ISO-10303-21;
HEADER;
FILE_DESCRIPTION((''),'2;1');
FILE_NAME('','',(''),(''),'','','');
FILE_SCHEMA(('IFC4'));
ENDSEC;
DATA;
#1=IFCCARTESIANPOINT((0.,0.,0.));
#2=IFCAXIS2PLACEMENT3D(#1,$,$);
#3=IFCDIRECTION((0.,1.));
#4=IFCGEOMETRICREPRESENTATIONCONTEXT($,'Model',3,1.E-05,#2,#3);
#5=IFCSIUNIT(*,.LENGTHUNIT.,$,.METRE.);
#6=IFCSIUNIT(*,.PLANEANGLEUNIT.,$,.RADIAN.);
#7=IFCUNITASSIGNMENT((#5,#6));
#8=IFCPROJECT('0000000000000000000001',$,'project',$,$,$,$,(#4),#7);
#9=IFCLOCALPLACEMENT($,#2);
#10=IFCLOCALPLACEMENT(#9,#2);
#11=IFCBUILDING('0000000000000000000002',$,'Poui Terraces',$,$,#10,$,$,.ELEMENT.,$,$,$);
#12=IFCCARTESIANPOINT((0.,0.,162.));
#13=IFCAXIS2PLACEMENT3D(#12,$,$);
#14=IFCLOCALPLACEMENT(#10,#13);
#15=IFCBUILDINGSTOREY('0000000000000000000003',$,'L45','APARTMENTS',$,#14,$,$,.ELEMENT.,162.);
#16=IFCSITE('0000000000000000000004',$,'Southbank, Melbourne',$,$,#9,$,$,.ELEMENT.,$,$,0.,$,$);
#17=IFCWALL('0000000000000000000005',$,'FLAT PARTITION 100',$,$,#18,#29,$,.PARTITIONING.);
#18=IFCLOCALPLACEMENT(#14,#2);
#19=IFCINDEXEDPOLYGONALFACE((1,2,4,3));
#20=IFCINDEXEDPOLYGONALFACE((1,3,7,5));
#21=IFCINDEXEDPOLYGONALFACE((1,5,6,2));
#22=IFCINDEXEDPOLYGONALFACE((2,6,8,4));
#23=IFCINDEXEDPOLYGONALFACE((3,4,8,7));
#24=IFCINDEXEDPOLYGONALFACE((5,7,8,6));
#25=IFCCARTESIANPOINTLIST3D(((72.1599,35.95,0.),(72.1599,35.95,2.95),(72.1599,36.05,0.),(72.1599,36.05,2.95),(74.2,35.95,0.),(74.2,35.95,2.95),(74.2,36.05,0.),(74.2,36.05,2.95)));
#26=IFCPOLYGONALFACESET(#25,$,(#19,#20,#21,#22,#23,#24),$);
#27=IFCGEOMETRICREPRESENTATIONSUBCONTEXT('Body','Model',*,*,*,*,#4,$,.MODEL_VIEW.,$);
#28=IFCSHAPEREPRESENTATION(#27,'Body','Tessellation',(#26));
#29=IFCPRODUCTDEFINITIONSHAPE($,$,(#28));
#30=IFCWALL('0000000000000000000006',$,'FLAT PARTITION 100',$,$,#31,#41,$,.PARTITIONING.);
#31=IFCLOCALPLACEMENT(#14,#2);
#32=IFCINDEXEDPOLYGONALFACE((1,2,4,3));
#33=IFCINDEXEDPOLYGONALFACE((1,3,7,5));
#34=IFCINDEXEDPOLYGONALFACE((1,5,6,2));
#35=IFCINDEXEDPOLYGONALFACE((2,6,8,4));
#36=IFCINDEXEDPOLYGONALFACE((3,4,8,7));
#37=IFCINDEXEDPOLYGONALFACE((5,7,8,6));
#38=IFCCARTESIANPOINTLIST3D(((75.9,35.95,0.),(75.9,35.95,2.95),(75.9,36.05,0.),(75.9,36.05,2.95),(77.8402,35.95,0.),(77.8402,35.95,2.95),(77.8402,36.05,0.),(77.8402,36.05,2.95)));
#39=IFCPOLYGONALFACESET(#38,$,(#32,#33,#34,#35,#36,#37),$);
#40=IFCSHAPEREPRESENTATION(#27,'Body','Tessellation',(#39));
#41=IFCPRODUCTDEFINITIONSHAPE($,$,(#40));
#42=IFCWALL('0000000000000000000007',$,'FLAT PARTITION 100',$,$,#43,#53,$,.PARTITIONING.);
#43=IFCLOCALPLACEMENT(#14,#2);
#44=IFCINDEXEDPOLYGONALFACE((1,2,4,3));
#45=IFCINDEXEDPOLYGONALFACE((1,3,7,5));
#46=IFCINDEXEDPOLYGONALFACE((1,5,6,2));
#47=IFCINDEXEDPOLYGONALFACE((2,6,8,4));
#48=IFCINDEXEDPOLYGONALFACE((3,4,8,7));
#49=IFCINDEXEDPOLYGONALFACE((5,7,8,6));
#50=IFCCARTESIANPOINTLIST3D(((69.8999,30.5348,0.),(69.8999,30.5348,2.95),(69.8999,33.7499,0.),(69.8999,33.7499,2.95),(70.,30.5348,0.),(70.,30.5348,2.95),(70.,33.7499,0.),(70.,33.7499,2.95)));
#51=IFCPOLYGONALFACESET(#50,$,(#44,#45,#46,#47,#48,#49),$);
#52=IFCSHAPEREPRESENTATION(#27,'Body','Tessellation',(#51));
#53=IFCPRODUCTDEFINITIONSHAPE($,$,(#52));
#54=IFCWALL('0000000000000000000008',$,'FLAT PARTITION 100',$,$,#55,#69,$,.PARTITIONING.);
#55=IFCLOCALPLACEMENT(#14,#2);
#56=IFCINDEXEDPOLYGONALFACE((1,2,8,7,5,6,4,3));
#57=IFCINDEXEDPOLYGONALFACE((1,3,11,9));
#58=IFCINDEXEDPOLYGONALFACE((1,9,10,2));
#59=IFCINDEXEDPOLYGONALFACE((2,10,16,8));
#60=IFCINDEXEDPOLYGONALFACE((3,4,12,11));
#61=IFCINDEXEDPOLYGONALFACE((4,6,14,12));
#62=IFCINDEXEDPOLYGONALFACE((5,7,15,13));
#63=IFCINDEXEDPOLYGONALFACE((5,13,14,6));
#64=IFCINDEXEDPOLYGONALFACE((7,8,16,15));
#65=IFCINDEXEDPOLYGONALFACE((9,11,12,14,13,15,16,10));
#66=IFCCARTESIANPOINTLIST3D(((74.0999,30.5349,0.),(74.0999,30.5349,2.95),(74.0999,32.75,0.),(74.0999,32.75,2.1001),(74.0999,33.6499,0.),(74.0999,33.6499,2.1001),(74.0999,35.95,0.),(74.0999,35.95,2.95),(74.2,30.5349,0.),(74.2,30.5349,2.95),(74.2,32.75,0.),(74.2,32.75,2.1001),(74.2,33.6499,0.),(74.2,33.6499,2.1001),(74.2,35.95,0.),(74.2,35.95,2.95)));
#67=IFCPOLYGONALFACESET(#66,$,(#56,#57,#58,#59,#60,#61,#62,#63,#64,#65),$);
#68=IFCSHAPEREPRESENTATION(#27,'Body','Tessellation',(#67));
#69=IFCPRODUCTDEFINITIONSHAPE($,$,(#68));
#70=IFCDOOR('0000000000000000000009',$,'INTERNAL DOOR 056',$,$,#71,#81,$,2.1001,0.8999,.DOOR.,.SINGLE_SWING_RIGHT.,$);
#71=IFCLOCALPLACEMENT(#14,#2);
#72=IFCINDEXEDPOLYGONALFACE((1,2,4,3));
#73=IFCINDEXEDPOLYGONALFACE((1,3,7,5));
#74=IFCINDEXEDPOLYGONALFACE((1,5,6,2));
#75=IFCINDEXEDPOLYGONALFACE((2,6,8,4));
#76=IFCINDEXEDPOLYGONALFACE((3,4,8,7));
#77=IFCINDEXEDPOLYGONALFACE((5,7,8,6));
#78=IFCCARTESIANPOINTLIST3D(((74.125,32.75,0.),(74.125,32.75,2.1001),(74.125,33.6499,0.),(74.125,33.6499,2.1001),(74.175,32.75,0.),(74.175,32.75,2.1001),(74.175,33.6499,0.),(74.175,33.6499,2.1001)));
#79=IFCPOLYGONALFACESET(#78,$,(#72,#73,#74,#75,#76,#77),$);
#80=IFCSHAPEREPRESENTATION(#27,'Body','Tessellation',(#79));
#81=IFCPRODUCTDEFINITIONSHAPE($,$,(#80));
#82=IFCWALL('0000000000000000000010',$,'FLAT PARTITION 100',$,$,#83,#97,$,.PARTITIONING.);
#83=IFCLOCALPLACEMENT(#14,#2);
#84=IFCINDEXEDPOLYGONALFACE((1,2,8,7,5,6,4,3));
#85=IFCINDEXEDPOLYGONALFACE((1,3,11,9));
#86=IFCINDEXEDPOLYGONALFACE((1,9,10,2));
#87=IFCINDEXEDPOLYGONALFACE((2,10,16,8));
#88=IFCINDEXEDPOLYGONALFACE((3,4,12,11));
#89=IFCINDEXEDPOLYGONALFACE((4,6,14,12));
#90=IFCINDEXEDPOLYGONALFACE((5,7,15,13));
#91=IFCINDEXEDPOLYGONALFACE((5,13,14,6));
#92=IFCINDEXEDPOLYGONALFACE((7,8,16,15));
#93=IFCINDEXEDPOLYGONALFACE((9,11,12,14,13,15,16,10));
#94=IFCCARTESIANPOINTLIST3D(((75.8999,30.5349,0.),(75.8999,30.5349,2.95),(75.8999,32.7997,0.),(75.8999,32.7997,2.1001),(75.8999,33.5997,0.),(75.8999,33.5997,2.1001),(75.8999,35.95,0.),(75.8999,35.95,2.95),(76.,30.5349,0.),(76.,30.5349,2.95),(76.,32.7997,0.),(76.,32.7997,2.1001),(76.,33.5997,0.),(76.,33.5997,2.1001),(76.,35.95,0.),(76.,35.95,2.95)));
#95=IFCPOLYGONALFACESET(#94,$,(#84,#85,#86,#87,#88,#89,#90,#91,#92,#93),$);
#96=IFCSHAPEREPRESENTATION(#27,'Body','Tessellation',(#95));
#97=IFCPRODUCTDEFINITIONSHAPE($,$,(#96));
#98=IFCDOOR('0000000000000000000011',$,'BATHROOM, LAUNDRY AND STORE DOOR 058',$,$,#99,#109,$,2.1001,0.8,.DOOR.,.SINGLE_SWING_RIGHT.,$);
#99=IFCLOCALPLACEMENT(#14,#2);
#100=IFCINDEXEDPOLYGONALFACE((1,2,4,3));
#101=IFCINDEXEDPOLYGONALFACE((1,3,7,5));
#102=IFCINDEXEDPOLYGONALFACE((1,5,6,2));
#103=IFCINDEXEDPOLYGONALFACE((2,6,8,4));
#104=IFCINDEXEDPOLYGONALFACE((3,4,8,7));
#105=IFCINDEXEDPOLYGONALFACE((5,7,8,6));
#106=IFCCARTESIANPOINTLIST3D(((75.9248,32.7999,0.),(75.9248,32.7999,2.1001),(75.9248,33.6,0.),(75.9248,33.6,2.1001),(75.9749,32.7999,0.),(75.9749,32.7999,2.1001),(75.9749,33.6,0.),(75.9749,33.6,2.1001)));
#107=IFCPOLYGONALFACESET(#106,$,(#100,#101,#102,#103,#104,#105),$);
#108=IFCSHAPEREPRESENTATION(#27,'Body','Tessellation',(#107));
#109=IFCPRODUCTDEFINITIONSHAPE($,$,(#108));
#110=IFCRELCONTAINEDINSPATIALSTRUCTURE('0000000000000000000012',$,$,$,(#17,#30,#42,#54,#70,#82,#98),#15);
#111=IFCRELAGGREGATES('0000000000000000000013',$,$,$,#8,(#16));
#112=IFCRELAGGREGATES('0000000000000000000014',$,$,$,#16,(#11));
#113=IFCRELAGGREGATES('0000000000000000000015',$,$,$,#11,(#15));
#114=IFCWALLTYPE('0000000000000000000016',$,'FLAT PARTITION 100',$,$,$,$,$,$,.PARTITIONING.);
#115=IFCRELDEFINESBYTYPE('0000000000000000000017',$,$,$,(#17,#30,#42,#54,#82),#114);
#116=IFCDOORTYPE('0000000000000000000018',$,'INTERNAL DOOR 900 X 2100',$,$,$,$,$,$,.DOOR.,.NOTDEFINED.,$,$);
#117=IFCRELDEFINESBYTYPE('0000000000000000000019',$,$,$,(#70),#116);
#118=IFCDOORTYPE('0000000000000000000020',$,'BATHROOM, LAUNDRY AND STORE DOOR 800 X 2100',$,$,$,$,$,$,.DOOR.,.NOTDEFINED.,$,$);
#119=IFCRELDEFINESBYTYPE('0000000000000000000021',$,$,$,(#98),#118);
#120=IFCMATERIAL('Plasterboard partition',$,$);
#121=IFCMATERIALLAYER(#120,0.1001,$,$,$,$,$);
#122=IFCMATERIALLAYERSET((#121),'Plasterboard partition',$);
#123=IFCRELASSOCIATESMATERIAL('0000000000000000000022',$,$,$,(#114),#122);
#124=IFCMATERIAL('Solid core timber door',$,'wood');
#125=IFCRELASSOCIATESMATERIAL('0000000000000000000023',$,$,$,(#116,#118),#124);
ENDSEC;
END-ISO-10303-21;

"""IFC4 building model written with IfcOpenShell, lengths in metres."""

from ifc_helpers import new_model, si_unit, direction, frame, frame_2d, origin, place, context, subcontext, project, spatial, rectangle, extrude, material, layer, layer_set, type_object, element, fill, save


model = new_model("IFC4")

# Units and contexts
model_context = context("Model", 3, precision=1e-05, world=origin(), true_north=direction((0.0, 1.0)))
body_context = subcontext(model_context, "Body", "Model", "MODEL_VIEW")
ifc_project = project(units=[si_unit("LENGTHUNIT", "METRE"), si_unit("PLANEANGLEUNIT", "RADIAN")], contexts=[model_context])

# Site, building, storey
site_placement = place(None, origin())
site = spatial("IfcSite", under=ifc_project, at=site_placement, Name="Southbank, Melbourne", CompositionType="ELEMENT", RefElevation=0.0)
building_placement = place(site_placement, origin())
building = spatial("IfcBuilding", under=site, at=building_placement, Name="Poui Terraces", CompositionType="ELEMENT")
storey_placement = place(building_placement, frame((0.0, 0.0, 162.0)))
storey = spatial("IfcBuildingStorey", under=building, at=storey_placement, Name="L45", Description="APARTMENTS", CompositionType="ELEMENT", Elevation=162.0)

# Walls
ifc_material_1 = material(Name="Plasterboard partition")
ifc_layer = layer(ifc_material_1, 0.1001)
ifc_layer_set = layer_set([ifc_layer], Name="Plasterboard partition")
wall_type = type_object("IfcWallType", Name="FLAT PARTITION 100", PredefinedType="PARTITIONING", material=ifc_layer_set)
wall_1_placement = place(storey_placement, frame((72.1599, 36.0, 0.0), z_axis=(0.0, 0.0, 1.0), x_axis=(1.0, 0.0, 0.0)))
element("IfcWall", 1, at=wall_1_placement, inside=storey, type_object=wall_type, Name="FLAT PARTITION 100", PredefinedType="PARTITIONING", context=body_context, shape_type="SweptSolid", body=[
    extrude(rectangle(XDim=2.04, YDim=0.1001, at=frame_2d((1.02, 0.0))), origin(), (0.0, 0.0, 1.0), 2.95),
])
wall_2_placement = place(storey_placement, frame((75.8999, 36.0, 0.0), z_axis=(0.0, 0.0, 1.0), x_axis=(1.0, 0.0, 0.0)))
element("IfcWall", 2, at=wall_2_placement, inside=storey, type_object=wall_type, Name="FLAT PARTITION 100", PredefinedType="PARTITIONING", context=body_context, shape_type="SweptSolid", body=[
    extrude(rectangle(XDim=1.9402, YDim=0.1001, at=frame_2d((0.9702, 0.0))), origin(), (0.0, 0.0, 1.0), 2.95),
])
wall_3_placement = place(storey_placement, frame((69.95, 30.5349, 0.0), z_axis=(0.0, 0.0, 1.0), x_axis=(0.0, 1.0, 0.0)))
element("IfcWall", 3, at=wall_3_placement, inside=storey, type_object=wall_type, Name="FLAT PARTITION 100", PredefinedType="PARTITIONING", context=body_context, shape_type="SweptSolid", body=[
    extrude(rectangle(XDim=3.2151, YDim=0.1001, at=frame_2d((1.6074, 0.0))), origin(), (0.0, 0.0, 1.0), 2.95),
])

# Walls, openings, doors
wall_4_placement = place(storey_placement, frame((74.1499, 30.5349, 0.0), z_axis=(0.0, 0.0, 1.0), x_axis=(0.0, 1.0, 0.0)))
wall_4 = element("IfcWall", 4, at=wall_4_placement, inside=storey, type_object=wall_type, Name="FLAT PARTITION 100", PredefinedType="PARTITIONING", context=body_context, shape_type="SweptSolid", body=[
    extrude(rectangle(XDim=5.415, YDim=0.1001, at=frame_2d((2.7075, 0.0))), origin(), (0.0, 0.0, 1.0), 2.95),
])
opening_1_placement = place(wall_4_placement, frame((2.2151, 0.0, 0.0)))
opening_1 = element("IfcOpeningElement", 5, at=opening_1_placement, cuts=wall_4, PredefinedType="OPENING", context=body_context, shape_type="SweptSolid", body=[
    extrude(rectangle(XDim=0.8999, YDim=2.1001, at=frame_2d((0.45, 1.05))), frame((0.0, 0.0601, 0.0), z_axis=(0.0, -1.0, 0.0), x_axis=(1.0, 0.0, 0.0)), (0.0, 0.0, 1.0), 0.1201),
])
ifc_material_2 = material(Name="Solid core timber door", Category="wood")
door_type_1 = type_object("IfcDoorType", Name="INTERNAL DOOR 900 X 2100", OperationType="NOTDEFINED", PredefinedType="DOOR", material=ifc_material_2)
door_1_placement = place(opening_1_placement, origin())
door_1 = element("IfcDoor", 6, at=door_1_placement, inside=storey, type_object=door_type_1, Name="INTERNAL DOOR 056", OperationType="SINGLE_SWING_RIGHT", OverallHeight=2.1001, OverallWidth=0.8999, PredefinedType="DOOR", context=body_context, shape_type="SweptSolid", body=[
    extrude(rectangle(XDim=0.8999, YDim=2.1001, at=frame_2d((0.45, 1.05))), frame((0.0, 0.0249, 0.0), z_axis=(0.0, -1.0, 0.0), x_axis=(1.0, 0.0, 0.0)), (0.0, 0.0, 1.0), 0.05),
])
fill(opening_1, door_1)
wall_5_placement = place(storey_placement, frame((75.95, 30.5349, 0.0), z_axis=(0.0, 0.0, 1.0), x_axis=(0.0, 1.0, 0.0)))
wall_5 = element("IfcWall", 7, at=wall_5_placement, inside=storey, type_object=wall_type, Name="FLAT PARTITION 100", PredefinedType="PARTITIONING", context=body_context, shape_type="SweptSolid", body=[
    extrude(rectangle(XDim=5.415, YDim=0.1001, at=frame_2d((2.7075, 0.0))), origin(), (0.0, 0.0, 1.0), 2.95),
])
opening_2_placement = place(wall_5_placement, frame((2.2649, 0.0, 0.0)))
opening_2 = element("IfcOpeningElement", 8, at=opening_2_placement, cuts=wall_5, PredefinedType="OPENING", context=body_context, shape_type="SweptSolid", body=[
    extrude(rectangle(XDim=0.8, YDim=2.1001, at=frame_2d((0.3999, 1.05))), frame((0.0, 0.0601, 0.0), z_axis=(0.0, -1.0, 0.0), x_axis=(1.0, 0.0, 0.0)), (0.0, 0.0, 1.0), 0.1201),
])
door_type_2 = type_object("IfcDoorType", Name="BATHROOM, LAUNDRY AND STORE DOOR 800 X 2100", OperationType="NOTDEFINED", PredefinedType="DOOR", material=ifc_material_2)
door_2_placement = place(opening_2_placement, frame((0.8, 0.0, 0.0), z_axis=(0.0, 0.0, 1.0), x_axis=(-1.0, 0.0, 0.0)))
door_2 = element("IfcDoor", 9, at=door_2_placement, inside=storey, type_object=door_type_2, Name="BATHROOM, LAUNDRY AND STORE DOOR 058", OperationType="SINGLE_SWING_RIGHT", OverallHeight=2.1001, OverallWidth=0.8, PredefinedType="DOOR", context=body_context, shape_type="SweptSolid", body=[
    extrude(rectangle(XDim=0.8, YDim=2.1001, at=frame_2d((0.3999, 1.05))), frame((0.0, 0.0249, 0.0), z_axis=(0.0, -1.0, 0.0), x_axis=(1.0, 0.0, 0.0)), (0.0, 0.0, 1.0), 0.05),
])
fill(opening_2, door_2)

save(model, "model.ifc")
